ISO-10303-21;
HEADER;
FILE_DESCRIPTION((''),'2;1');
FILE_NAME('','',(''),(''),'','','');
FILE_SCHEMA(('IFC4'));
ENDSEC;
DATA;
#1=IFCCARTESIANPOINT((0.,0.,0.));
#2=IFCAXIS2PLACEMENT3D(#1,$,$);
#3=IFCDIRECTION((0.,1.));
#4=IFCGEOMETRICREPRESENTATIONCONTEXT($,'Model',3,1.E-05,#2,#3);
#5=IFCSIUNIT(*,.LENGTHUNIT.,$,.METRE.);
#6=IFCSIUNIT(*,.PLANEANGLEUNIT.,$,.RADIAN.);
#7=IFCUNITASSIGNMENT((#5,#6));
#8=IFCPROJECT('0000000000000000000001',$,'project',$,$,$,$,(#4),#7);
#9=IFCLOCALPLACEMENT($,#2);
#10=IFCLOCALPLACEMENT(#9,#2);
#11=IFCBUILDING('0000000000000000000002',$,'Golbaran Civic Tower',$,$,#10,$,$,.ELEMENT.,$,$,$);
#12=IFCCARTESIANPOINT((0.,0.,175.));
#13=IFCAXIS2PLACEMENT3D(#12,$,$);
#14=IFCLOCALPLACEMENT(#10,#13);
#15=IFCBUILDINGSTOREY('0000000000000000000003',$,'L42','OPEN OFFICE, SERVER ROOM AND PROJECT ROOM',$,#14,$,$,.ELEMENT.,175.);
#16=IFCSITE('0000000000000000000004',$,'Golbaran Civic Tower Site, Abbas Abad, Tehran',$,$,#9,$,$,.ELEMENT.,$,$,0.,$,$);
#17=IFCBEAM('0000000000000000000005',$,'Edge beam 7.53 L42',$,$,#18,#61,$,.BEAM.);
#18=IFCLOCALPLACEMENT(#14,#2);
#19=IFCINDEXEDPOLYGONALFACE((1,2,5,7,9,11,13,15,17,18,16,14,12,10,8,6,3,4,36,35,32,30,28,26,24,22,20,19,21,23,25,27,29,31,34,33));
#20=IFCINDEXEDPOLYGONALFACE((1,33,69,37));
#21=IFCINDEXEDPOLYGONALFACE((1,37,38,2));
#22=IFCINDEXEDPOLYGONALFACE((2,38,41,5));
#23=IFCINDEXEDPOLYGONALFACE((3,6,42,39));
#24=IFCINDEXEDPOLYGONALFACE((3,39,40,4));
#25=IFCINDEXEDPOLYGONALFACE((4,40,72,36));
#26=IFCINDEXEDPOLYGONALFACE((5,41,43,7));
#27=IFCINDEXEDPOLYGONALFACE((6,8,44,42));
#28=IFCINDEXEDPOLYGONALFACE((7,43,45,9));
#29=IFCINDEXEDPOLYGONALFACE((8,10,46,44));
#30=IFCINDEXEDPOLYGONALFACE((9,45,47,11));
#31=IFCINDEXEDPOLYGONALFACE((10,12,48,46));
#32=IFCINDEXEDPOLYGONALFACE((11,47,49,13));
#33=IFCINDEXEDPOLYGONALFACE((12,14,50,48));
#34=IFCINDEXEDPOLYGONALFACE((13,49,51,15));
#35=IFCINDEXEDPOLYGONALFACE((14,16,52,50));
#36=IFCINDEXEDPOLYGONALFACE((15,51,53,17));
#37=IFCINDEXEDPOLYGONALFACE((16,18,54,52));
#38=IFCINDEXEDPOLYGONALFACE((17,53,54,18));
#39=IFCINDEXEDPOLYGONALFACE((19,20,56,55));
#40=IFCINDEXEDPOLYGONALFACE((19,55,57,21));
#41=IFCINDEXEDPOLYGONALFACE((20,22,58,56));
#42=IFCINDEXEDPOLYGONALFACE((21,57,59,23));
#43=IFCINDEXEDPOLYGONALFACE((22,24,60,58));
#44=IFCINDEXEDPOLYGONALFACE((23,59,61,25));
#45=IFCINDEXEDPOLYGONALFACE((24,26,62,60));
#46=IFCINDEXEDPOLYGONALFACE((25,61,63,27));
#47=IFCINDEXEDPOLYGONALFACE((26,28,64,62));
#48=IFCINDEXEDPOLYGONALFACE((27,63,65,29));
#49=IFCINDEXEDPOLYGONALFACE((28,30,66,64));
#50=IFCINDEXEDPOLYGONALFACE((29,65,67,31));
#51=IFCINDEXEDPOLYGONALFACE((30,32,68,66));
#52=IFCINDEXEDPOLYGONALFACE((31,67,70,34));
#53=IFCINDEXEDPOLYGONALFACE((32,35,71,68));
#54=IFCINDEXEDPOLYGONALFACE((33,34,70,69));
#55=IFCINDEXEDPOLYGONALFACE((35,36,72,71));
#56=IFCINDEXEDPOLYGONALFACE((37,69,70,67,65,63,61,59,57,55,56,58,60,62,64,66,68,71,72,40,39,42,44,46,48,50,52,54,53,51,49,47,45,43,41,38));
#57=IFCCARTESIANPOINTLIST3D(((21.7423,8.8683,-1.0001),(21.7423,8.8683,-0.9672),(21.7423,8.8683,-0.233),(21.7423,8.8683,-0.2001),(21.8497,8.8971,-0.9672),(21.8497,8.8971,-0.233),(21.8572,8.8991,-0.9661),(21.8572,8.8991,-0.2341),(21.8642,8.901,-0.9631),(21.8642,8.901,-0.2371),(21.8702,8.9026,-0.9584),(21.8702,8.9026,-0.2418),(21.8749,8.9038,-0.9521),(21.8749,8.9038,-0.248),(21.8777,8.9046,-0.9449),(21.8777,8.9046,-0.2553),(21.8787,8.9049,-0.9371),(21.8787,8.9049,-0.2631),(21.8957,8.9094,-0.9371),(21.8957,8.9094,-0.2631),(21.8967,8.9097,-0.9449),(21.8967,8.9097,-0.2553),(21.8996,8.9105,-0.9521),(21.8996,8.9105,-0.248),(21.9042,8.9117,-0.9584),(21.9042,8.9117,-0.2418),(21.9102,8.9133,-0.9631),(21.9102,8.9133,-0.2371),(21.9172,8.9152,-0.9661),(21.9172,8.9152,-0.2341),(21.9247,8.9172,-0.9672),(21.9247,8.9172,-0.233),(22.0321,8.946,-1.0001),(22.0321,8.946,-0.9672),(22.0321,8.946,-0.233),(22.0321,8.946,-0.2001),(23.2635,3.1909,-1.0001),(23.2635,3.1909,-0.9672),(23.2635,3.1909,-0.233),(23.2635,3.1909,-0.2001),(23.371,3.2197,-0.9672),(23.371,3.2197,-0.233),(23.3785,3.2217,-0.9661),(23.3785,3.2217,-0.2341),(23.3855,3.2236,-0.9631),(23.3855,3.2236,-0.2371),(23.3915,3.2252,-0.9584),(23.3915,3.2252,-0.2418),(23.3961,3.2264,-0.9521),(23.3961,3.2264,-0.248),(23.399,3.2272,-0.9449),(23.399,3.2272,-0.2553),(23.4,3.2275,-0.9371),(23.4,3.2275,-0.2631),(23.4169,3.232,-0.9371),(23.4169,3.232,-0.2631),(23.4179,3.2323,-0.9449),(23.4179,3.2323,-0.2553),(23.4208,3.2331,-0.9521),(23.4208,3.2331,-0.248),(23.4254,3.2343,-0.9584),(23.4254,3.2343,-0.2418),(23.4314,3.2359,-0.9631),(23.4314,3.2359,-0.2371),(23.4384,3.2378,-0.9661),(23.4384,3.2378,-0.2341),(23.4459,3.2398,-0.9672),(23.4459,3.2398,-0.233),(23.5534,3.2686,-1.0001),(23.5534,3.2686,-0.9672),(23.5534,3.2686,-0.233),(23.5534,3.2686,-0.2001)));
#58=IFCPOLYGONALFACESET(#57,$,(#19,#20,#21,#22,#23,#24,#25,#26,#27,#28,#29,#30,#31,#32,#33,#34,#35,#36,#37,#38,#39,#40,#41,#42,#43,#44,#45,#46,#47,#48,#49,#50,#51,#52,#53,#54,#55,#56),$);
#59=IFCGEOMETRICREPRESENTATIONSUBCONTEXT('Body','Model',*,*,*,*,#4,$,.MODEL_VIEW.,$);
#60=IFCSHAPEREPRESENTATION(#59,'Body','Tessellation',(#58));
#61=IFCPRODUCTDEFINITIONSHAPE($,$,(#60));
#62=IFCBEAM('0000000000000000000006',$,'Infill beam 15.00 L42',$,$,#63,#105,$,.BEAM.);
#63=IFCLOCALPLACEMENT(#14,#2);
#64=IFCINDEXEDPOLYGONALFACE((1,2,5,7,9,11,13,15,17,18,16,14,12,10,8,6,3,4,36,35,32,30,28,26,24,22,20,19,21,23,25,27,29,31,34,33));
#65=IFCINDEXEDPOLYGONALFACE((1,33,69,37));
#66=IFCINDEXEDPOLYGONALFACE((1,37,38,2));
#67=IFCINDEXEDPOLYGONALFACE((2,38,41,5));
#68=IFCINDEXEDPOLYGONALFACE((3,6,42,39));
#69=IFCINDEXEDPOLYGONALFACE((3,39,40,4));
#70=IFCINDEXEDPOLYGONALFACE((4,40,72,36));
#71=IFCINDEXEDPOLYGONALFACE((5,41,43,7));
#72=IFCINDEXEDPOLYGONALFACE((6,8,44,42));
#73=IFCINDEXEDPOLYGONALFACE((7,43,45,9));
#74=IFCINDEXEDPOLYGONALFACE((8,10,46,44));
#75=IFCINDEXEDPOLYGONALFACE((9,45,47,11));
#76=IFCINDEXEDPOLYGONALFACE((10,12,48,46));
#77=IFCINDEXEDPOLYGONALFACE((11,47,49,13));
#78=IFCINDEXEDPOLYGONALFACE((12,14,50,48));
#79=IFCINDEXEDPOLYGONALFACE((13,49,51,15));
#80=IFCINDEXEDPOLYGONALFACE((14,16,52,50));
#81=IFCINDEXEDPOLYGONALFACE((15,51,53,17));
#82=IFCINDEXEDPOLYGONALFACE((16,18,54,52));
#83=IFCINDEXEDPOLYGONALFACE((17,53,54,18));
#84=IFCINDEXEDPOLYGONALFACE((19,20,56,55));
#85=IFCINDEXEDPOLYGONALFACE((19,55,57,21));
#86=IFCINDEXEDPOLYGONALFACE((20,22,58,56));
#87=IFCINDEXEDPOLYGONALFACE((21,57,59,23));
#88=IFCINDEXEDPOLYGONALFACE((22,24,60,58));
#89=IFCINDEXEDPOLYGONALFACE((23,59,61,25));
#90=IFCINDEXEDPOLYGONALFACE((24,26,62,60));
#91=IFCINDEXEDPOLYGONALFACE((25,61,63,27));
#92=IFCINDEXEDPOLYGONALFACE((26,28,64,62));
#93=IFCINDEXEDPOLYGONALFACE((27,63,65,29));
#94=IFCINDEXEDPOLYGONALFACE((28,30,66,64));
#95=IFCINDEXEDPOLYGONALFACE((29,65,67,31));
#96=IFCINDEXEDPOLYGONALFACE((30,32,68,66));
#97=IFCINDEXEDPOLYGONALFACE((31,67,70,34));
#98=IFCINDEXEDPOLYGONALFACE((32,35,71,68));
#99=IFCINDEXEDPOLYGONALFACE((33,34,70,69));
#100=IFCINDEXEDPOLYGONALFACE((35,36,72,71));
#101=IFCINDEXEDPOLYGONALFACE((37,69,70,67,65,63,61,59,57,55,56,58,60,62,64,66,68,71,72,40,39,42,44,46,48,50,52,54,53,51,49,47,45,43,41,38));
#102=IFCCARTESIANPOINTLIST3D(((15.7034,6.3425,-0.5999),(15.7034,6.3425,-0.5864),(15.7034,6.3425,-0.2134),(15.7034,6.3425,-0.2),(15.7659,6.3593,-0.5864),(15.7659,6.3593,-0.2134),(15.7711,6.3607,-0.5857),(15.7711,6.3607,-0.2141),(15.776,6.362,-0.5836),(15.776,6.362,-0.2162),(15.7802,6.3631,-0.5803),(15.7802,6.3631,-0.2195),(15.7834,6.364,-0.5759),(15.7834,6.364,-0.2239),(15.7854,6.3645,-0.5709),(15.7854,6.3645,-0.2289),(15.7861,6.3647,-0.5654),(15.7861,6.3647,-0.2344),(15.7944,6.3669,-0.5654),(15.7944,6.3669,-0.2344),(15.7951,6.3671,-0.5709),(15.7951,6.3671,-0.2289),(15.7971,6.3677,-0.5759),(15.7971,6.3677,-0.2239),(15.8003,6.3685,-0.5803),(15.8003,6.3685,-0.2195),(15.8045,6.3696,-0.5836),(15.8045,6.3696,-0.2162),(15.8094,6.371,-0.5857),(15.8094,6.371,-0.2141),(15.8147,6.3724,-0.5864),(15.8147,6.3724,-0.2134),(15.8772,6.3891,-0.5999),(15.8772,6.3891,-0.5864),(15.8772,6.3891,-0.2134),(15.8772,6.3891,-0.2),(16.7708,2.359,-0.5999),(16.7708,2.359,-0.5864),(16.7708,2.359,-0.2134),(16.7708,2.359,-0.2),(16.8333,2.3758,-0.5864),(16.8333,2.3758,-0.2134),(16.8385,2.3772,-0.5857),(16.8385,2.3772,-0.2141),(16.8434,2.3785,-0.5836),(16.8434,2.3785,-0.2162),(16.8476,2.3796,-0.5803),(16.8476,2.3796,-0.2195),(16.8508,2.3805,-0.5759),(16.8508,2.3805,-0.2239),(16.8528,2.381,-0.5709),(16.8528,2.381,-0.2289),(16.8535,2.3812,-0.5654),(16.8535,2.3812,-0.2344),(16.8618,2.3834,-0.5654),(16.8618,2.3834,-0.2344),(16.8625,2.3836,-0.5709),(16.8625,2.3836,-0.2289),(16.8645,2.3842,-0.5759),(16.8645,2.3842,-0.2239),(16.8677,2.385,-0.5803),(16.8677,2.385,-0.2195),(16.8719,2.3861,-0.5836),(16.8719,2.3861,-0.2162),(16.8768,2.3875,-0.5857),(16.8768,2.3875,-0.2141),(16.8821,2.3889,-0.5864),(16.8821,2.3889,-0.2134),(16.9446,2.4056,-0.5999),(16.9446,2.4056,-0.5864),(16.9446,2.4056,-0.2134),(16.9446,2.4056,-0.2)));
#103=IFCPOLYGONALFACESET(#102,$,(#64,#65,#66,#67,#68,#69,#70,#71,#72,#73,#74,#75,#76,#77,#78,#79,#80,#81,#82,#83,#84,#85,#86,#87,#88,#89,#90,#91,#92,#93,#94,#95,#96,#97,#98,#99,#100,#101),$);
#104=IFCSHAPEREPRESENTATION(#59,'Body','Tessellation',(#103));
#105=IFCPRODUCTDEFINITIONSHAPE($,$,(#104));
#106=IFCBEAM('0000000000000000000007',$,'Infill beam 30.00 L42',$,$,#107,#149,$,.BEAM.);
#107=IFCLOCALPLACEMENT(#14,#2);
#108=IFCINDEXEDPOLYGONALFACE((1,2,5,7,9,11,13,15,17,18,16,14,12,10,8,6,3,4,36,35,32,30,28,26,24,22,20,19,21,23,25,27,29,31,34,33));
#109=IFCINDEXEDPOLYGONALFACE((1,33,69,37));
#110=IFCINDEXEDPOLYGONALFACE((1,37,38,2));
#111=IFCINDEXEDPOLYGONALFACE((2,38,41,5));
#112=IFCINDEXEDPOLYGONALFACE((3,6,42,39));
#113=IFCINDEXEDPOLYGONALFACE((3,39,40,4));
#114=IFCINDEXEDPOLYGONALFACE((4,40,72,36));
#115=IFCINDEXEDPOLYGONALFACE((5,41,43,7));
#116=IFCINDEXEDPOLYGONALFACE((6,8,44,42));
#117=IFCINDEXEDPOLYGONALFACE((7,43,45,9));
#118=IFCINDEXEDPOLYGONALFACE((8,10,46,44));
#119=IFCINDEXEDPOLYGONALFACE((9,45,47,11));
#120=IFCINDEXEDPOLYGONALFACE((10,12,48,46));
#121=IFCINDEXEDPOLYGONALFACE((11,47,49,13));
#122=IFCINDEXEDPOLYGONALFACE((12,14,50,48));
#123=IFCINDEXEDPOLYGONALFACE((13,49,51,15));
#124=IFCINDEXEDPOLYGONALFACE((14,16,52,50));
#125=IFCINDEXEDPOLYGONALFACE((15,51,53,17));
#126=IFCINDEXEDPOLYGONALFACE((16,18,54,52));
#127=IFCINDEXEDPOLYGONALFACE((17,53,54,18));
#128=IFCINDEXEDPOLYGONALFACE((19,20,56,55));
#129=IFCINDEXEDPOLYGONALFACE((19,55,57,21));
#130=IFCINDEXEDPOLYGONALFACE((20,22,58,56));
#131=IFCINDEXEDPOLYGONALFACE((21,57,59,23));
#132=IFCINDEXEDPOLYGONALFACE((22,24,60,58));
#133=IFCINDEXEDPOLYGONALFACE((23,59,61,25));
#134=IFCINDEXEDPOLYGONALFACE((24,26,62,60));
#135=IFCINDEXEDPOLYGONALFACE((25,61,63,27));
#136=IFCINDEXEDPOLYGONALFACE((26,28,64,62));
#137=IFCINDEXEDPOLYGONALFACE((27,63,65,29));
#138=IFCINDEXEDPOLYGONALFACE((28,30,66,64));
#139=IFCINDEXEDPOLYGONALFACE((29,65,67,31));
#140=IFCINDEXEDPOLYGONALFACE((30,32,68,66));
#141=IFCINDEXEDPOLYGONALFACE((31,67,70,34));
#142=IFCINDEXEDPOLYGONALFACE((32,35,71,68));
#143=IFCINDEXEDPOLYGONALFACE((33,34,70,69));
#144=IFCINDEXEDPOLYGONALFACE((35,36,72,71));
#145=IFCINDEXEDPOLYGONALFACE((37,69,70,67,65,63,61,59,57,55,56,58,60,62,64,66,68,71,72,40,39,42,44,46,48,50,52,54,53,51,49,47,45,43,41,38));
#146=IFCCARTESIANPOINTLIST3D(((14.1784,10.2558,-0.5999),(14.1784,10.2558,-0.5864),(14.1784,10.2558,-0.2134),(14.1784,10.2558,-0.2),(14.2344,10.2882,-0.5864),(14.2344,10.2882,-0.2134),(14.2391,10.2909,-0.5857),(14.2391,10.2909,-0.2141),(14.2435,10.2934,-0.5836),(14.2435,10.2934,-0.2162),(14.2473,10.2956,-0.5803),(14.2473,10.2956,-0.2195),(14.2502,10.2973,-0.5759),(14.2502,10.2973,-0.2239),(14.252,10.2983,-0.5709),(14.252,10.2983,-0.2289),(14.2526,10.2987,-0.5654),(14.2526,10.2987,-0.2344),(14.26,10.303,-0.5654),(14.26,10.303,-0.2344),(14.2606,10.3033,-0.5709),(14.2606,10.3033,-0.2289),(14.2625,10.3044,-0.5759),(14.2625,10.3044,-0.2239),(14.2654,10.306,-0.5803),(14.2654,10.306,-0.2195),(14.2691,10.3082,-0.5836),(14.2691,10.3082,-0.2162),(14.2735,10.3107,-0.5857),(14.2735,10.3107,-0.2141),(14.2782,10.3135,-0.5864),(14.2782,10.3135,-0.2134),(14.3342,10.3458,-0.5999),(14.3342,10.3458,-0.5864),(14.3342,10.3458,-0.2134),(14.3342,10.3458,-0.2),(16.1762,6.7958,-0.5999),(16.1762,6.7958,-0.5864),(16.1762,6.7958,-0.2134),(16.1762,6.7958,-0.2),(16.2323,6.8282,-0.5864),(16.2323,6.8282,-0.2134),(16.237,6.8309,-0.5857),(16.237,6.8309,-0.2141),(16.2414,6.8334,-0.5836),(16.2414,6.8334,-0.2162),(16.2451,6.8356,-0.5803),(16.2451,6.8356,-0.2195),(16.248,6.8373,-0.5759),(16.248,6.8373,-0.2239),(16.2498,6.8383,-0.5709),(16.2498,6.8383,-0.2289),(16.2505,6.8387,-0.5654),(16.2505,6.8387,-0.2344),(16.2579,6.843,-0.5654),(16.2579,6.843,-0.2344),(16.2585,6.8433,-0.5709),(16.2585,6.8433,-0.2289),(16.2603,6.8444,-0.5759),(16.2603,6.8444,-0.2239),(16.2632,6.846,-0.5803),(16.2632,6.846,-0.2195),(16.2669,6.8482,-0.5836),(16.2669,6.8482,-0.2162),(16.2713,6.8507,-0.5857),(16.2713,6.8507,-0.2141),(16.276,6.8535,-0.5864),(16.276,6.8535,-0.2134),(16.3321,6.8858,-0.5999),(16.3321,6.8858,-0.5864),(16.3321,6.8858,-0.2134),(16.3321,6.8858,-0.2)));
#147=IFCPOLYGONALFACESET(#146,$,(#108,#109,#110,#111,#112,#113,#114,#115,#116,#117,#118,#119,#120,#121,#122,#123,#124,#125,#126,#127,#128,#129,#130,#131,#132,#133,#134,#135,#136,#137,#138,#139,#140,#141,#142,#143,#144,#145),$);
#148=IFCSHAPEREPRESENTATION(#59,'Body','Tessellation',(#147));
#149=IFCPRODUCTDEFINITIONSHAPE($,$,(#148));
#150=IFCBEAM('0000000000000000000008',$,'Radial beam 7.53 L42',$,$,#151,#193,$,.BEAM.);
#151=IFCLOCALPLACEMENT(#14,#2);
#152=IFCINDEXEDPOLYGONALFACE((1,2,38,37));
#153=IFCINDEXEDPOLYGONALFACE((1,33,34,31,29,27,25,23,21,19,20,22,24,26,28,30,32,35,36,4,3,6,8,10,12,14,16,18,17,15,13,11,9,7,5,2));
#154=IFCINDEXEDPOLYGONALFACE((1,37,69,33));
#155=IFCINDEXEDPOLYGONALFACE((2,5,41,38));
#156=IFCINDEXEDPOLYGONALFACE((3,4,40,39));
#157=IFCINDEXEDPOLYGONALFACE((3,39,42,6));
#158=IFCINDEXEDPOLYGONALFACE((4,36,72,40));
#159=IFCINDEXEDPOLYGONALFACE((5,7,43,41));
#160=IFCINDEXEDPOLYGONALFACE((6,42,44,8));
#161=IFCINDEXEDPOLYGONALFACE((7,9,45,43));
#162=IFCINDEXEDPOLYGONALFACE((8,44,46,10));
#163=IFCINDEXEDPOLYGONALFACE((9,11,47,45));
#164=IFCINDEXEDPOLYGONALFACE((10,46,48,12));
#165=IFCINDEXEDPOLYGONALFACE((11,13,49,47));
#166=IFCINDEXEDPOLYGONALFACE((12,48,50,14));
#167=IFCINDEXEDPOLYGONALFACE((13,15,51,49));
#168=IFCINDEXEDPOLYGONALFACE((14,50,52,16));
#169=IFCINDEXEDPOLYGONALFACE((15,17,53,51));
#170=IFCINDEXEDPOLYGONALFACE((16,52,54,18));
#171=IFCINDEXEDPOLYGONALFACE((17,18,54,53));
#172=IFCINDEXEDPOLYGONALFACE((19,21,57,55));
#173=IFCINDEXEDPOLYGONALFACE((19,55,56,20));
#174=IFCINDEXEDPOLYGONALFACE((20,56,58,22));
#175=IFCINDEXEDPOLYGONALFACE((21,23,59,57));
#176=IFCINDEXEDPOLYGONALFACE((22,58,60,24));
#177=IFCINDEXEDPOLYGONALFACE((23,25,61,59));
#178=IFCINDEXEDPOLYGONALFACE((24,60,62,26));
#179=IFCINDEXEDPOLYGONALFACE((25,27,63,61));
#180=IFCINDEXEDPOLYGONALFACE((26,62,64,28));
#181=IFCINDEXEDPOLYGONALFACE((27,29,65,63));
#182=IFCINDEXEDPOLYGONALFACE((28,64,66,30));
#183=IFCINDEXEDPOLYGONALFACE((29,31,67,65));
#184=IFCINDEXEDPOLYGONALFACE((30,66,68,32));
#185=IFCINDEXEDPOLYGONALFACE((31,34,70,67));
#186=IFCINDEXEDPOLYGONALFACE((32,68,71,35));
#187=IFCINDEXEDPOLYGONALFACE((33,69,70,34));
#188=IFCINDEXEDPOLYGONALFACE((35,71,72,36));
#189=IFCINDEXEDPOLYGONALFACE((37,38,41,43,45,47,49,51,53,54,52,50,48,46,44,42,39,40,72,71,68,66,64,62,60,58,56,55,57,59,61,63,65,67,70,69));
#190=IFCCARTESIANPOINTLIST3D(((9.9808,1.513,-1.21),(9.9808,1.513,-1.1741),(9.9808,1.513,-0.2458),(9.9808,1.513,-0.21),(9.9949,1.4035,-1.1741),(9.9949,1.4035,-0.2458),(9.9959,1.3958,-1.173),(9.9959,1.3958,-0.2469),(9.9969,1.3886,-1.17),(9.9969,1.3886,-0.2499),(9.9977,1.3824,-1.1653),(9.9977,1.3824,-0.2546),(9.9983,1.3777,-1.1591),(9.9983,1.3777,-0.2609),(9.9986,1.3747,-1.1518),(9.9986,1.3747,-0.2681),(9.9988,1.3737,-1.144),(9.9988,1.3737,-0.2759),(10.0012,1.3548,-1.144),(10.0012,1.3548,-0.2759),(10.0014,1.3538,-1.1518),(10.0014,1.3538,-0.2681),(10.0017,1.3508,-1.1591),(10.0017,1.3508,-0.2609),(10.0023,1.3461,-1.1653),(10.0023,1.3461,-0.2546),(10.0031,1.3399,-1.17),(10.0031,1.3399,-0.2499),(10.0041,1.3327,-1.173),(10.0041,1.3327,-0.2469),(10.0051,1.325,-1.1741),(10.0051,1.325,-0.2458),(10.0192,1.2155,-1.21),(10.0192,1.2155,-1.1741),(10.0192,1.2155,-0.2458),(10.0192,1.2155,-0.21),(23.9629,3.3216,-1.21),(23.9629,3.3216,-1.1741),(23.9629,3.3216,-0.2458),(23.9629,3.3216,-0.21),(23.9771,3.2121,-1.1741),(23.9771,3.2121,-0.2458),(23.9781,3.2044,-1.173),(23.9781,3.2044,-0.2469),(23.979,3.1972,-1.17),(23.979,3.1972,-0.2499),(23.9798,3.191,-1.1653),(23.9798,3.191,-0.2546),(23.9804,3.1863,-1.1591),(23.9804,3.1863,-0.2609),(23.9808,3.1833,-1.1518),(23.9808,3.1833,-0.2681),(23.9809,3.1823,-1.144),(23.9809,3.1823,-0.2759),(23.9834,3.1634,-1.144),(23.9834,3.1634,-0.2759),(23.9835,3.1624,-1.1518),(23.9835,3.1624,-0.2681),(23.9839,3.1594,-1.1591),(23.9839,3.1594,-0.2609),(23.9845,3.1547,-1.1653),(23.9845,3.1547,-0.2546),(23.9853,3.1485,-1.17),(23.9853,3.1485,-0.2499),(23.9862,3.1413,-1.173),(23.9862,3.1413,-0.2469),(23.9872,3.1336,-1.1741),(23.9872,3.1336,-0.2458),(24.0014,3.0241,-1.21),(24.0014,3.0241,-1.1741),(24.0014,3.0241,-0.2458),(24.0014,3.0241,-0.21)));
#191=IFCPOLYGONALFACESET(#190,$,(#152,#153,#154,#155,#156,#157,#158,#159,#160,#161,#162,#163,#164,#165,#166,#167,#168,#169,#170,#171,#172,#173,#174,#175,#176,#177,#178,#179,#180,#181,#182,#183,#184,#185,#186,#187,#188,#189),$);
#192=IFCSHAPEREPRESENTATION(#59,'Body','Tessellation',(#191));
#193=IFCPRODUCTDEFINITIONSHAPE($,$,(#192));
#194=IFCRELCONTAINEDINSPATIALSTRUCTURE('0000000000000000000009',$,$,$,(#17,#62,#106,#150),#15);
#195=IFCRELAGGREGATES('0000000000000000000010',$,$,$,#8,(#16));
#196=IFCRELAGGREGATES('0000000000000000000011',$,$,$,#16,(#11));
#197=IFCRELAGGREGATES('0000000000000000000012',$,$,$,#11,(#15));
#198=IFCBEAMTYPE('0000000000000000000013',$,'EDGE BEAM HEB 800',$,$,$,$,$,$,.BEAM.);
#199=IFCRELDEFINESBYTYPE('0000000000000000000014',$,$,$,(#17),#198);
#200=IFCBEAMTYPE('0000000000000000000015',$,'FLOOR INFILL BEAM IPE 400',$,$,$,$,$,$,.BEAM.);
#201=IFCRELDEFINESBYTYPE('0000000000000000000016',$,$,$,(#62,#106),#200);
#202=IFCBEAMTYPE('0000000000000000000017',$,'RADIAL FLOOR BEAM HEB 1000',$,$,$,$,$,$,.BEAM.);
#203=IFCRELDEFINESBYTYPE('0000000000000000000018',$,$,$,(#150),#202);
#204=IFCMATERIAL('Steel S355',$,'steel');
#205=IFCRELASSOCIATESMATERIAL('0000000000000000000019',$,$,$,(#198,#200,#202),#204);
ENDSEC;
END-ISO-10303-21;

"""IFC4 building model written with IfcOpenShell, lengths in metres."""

from ifc_helpers import new_model, si_unit, direction, frame, origin, origin_2d, place, context, subcontext, project, spatial, i_section, extrude, material, material_profile, profile_set, type_object, element, save


model = new_model("IFC4")

# Units and contexts
model_context = context("Model", 3, precision=1e-05, world=origin(), true_north=direction((0.0, 1.0)))
body_context = subcontext(model_context, "Body", "Model", "MODEL_VIEW")
ifc_project = project(units=[si_unit("LENGTHUNIT", "METRE"), si_unit("PLANEANGLEUNIT", "RADIAN")], contexts=[model_context])

# Site, building, storey
site_placement = place(None, origin())
site = spatial("IfcSite", under=ifc_project, at=site_placement, Name="Golbaran Civic Tower Site, Abbas Abad, Tehran", CompositionType="ELEMENT", RefElevation=0.0)
building_placement = place(site_placement, origin())
building = spatial("IfcBuilding", under=site, at=building_placement, Name="Golbaran Civic Tower", CompositionType="ELEMENT")
storey_placement = place(building_placement, frame((0.0, 0.0, 175.0)))
storey = spatial("IfcBuildingStorey", under=building, at=storey_placement, Name="L42", Description="OPEN OFFICE, SERVER ROOM AND PROJECT ROOM", CompositionType="ELEMENT", Elevation=175.0)

# Beams
ifc_material_1 = material(Name="Steel S355", Category="steel")
ifc_material_profile_1 = material_profile(ifc_material_1, i_section(OverallWidth=0.3, OverallDepth=0.8, WebThickness=0.0176, FlangeThickness=0.033, FilletRadius=0.03, at=origin_2d()), Name="HEB 800")
ifc_profile_set_1 = profile_set([ifc_material_profile_1], Name="Steel S355")
beam_type_1 = type_object("IfcBeamType", Name="EDGE BEAM HEB 800", PredefinedType="BEAM", material=ifc_profile_set_1)
beam_1_placement = place(storey_placement, frame((23.4084, 3.2297, -0.6001), z_axis=(-0.258813, 0.965927, 0.0), x_axis=(-0.965927, -0.258813, 0.0)))
element("IfcBeam", 1, at=beam_1_placement, inside=storey, type_object=beam_type_1, Name="Edge beam 7.53 L42", PredefinedType="BEAM", context=body_context, shape_type="SweptSolid", body=[
    extrude(i_section(OverallWidth=0.3, OverallDepth=0.8, WebThickness=0.0176, FlangeThickness=0.033, FilletRadius=0.03, at=origin_2d()), origin(), (0.0, 0.0, 1.0), 5.8777),
])
ifc_material_profile_2 = material_profile(ifc_material_1, i_section(OverallWidth=0.1799, OverallDepth=0.3999, WebThickness=0.0085, FlangeThickness=0.0134, FilletRadius=0.021, at=origin_2d()), Name="IPE 400")
ifc_profile_set_2 = profile_set([ifc_material_profile_2], Name="Steel S355")
beam_type_2 = type_object("IfcBeamType", Name="FLOOR INFILL BEAM IPE 400", PredefinedType="BEAM", material=ifc_profile_set_2)
beam_2_placement = place(storey_placement, frame((16.8577, 2.3823, -0.3999), z_axis=(-0.258827, 0.965924, 0.0), x_axis=(-0.965924, -0.258827, 0.0)))
element("IfcBeam", 2, at=beam_2_placement, inside=storey, type_object=beam_type_2, Name="Infill beam 15.00 L42", PredefinedType="BEAM", context=body_context, shape_type="SweptSolid", body=[
    extrude(i_section(OverallWidth=0.1799, OverallDepth=0.3999, WebThickness=0.0085, FlangeThickness=0.0134, FilletRadius=0.021, at=origin_2d()), origin(), (0.0, 0.0, 1.0), 4.124),
])
beam_3_placement = place(storey_placement, frame((16.2542, 6.8408, -0.3999), z_axis=(-0.500036, 0.866004, 0.0), x_axis=(-0.866004, -0.500036, 0.0)))
element("IfcBeam", 3, at=beam_3_placement, inside=storey, type_object=beam_type_2, Name="Infill beam 30.00 L42", PredefinedType="BEAM", context=body_context, shape_type="SweptSolid", body=[
    extrude(i_section(OverallWidth=0.1799, OverallDepth=0.3999, WebThickness=0.0085, FlangeThickness=0.0134, FilletRadius=0.021, at=origin_2d()), origin(), (0.0, 0.0, 1.0), 3.9954),
])
ifc_material_profile_3 = material_profile(ifc_material_1, i_section(OverallWidth=0.3, OverallDepth=1.0, WebThickness=0.019, FlangeThickness=0.0359, FilletRadius=0.03, at=origin_2d()), Name="HEB 1000")
ifc_profile_set_3 = profile_set([ifc_material_profile_3], Name="Steel S355")
beam_type_3 = type_object("IfcBeamType", Name="RADIAL FLOOR BEAM HEB 1000", PredefinedType="BEAM", material=ifc_profile_set_3)
beam_4_placement = place(storey_placement, frame((10.0, 1.3643, -0.71), z_axis=(0.991738, 0.128281, 0.0), x_axis=(-0.128281, 0.991738, 0.0)))
element("IfcBeam", 4, at=beam_4_placement, inside=storey, type_object=beam_type_3, Name="Radial beam 7.53 L42", PredefinedType="BEAM", context=body_context, shape_type="SweptSolid", body=[
    extrude(i_section(OverallWidth=0.3, OverallDepth=1.0, WebThickness=0.019, FlangeThickness=0.0359, FilletRadius=0.03, at=origin_2d()), origin(), (0.0, 0.0, 1.0), 14.0986),
])

save(model, "model.ifc")
